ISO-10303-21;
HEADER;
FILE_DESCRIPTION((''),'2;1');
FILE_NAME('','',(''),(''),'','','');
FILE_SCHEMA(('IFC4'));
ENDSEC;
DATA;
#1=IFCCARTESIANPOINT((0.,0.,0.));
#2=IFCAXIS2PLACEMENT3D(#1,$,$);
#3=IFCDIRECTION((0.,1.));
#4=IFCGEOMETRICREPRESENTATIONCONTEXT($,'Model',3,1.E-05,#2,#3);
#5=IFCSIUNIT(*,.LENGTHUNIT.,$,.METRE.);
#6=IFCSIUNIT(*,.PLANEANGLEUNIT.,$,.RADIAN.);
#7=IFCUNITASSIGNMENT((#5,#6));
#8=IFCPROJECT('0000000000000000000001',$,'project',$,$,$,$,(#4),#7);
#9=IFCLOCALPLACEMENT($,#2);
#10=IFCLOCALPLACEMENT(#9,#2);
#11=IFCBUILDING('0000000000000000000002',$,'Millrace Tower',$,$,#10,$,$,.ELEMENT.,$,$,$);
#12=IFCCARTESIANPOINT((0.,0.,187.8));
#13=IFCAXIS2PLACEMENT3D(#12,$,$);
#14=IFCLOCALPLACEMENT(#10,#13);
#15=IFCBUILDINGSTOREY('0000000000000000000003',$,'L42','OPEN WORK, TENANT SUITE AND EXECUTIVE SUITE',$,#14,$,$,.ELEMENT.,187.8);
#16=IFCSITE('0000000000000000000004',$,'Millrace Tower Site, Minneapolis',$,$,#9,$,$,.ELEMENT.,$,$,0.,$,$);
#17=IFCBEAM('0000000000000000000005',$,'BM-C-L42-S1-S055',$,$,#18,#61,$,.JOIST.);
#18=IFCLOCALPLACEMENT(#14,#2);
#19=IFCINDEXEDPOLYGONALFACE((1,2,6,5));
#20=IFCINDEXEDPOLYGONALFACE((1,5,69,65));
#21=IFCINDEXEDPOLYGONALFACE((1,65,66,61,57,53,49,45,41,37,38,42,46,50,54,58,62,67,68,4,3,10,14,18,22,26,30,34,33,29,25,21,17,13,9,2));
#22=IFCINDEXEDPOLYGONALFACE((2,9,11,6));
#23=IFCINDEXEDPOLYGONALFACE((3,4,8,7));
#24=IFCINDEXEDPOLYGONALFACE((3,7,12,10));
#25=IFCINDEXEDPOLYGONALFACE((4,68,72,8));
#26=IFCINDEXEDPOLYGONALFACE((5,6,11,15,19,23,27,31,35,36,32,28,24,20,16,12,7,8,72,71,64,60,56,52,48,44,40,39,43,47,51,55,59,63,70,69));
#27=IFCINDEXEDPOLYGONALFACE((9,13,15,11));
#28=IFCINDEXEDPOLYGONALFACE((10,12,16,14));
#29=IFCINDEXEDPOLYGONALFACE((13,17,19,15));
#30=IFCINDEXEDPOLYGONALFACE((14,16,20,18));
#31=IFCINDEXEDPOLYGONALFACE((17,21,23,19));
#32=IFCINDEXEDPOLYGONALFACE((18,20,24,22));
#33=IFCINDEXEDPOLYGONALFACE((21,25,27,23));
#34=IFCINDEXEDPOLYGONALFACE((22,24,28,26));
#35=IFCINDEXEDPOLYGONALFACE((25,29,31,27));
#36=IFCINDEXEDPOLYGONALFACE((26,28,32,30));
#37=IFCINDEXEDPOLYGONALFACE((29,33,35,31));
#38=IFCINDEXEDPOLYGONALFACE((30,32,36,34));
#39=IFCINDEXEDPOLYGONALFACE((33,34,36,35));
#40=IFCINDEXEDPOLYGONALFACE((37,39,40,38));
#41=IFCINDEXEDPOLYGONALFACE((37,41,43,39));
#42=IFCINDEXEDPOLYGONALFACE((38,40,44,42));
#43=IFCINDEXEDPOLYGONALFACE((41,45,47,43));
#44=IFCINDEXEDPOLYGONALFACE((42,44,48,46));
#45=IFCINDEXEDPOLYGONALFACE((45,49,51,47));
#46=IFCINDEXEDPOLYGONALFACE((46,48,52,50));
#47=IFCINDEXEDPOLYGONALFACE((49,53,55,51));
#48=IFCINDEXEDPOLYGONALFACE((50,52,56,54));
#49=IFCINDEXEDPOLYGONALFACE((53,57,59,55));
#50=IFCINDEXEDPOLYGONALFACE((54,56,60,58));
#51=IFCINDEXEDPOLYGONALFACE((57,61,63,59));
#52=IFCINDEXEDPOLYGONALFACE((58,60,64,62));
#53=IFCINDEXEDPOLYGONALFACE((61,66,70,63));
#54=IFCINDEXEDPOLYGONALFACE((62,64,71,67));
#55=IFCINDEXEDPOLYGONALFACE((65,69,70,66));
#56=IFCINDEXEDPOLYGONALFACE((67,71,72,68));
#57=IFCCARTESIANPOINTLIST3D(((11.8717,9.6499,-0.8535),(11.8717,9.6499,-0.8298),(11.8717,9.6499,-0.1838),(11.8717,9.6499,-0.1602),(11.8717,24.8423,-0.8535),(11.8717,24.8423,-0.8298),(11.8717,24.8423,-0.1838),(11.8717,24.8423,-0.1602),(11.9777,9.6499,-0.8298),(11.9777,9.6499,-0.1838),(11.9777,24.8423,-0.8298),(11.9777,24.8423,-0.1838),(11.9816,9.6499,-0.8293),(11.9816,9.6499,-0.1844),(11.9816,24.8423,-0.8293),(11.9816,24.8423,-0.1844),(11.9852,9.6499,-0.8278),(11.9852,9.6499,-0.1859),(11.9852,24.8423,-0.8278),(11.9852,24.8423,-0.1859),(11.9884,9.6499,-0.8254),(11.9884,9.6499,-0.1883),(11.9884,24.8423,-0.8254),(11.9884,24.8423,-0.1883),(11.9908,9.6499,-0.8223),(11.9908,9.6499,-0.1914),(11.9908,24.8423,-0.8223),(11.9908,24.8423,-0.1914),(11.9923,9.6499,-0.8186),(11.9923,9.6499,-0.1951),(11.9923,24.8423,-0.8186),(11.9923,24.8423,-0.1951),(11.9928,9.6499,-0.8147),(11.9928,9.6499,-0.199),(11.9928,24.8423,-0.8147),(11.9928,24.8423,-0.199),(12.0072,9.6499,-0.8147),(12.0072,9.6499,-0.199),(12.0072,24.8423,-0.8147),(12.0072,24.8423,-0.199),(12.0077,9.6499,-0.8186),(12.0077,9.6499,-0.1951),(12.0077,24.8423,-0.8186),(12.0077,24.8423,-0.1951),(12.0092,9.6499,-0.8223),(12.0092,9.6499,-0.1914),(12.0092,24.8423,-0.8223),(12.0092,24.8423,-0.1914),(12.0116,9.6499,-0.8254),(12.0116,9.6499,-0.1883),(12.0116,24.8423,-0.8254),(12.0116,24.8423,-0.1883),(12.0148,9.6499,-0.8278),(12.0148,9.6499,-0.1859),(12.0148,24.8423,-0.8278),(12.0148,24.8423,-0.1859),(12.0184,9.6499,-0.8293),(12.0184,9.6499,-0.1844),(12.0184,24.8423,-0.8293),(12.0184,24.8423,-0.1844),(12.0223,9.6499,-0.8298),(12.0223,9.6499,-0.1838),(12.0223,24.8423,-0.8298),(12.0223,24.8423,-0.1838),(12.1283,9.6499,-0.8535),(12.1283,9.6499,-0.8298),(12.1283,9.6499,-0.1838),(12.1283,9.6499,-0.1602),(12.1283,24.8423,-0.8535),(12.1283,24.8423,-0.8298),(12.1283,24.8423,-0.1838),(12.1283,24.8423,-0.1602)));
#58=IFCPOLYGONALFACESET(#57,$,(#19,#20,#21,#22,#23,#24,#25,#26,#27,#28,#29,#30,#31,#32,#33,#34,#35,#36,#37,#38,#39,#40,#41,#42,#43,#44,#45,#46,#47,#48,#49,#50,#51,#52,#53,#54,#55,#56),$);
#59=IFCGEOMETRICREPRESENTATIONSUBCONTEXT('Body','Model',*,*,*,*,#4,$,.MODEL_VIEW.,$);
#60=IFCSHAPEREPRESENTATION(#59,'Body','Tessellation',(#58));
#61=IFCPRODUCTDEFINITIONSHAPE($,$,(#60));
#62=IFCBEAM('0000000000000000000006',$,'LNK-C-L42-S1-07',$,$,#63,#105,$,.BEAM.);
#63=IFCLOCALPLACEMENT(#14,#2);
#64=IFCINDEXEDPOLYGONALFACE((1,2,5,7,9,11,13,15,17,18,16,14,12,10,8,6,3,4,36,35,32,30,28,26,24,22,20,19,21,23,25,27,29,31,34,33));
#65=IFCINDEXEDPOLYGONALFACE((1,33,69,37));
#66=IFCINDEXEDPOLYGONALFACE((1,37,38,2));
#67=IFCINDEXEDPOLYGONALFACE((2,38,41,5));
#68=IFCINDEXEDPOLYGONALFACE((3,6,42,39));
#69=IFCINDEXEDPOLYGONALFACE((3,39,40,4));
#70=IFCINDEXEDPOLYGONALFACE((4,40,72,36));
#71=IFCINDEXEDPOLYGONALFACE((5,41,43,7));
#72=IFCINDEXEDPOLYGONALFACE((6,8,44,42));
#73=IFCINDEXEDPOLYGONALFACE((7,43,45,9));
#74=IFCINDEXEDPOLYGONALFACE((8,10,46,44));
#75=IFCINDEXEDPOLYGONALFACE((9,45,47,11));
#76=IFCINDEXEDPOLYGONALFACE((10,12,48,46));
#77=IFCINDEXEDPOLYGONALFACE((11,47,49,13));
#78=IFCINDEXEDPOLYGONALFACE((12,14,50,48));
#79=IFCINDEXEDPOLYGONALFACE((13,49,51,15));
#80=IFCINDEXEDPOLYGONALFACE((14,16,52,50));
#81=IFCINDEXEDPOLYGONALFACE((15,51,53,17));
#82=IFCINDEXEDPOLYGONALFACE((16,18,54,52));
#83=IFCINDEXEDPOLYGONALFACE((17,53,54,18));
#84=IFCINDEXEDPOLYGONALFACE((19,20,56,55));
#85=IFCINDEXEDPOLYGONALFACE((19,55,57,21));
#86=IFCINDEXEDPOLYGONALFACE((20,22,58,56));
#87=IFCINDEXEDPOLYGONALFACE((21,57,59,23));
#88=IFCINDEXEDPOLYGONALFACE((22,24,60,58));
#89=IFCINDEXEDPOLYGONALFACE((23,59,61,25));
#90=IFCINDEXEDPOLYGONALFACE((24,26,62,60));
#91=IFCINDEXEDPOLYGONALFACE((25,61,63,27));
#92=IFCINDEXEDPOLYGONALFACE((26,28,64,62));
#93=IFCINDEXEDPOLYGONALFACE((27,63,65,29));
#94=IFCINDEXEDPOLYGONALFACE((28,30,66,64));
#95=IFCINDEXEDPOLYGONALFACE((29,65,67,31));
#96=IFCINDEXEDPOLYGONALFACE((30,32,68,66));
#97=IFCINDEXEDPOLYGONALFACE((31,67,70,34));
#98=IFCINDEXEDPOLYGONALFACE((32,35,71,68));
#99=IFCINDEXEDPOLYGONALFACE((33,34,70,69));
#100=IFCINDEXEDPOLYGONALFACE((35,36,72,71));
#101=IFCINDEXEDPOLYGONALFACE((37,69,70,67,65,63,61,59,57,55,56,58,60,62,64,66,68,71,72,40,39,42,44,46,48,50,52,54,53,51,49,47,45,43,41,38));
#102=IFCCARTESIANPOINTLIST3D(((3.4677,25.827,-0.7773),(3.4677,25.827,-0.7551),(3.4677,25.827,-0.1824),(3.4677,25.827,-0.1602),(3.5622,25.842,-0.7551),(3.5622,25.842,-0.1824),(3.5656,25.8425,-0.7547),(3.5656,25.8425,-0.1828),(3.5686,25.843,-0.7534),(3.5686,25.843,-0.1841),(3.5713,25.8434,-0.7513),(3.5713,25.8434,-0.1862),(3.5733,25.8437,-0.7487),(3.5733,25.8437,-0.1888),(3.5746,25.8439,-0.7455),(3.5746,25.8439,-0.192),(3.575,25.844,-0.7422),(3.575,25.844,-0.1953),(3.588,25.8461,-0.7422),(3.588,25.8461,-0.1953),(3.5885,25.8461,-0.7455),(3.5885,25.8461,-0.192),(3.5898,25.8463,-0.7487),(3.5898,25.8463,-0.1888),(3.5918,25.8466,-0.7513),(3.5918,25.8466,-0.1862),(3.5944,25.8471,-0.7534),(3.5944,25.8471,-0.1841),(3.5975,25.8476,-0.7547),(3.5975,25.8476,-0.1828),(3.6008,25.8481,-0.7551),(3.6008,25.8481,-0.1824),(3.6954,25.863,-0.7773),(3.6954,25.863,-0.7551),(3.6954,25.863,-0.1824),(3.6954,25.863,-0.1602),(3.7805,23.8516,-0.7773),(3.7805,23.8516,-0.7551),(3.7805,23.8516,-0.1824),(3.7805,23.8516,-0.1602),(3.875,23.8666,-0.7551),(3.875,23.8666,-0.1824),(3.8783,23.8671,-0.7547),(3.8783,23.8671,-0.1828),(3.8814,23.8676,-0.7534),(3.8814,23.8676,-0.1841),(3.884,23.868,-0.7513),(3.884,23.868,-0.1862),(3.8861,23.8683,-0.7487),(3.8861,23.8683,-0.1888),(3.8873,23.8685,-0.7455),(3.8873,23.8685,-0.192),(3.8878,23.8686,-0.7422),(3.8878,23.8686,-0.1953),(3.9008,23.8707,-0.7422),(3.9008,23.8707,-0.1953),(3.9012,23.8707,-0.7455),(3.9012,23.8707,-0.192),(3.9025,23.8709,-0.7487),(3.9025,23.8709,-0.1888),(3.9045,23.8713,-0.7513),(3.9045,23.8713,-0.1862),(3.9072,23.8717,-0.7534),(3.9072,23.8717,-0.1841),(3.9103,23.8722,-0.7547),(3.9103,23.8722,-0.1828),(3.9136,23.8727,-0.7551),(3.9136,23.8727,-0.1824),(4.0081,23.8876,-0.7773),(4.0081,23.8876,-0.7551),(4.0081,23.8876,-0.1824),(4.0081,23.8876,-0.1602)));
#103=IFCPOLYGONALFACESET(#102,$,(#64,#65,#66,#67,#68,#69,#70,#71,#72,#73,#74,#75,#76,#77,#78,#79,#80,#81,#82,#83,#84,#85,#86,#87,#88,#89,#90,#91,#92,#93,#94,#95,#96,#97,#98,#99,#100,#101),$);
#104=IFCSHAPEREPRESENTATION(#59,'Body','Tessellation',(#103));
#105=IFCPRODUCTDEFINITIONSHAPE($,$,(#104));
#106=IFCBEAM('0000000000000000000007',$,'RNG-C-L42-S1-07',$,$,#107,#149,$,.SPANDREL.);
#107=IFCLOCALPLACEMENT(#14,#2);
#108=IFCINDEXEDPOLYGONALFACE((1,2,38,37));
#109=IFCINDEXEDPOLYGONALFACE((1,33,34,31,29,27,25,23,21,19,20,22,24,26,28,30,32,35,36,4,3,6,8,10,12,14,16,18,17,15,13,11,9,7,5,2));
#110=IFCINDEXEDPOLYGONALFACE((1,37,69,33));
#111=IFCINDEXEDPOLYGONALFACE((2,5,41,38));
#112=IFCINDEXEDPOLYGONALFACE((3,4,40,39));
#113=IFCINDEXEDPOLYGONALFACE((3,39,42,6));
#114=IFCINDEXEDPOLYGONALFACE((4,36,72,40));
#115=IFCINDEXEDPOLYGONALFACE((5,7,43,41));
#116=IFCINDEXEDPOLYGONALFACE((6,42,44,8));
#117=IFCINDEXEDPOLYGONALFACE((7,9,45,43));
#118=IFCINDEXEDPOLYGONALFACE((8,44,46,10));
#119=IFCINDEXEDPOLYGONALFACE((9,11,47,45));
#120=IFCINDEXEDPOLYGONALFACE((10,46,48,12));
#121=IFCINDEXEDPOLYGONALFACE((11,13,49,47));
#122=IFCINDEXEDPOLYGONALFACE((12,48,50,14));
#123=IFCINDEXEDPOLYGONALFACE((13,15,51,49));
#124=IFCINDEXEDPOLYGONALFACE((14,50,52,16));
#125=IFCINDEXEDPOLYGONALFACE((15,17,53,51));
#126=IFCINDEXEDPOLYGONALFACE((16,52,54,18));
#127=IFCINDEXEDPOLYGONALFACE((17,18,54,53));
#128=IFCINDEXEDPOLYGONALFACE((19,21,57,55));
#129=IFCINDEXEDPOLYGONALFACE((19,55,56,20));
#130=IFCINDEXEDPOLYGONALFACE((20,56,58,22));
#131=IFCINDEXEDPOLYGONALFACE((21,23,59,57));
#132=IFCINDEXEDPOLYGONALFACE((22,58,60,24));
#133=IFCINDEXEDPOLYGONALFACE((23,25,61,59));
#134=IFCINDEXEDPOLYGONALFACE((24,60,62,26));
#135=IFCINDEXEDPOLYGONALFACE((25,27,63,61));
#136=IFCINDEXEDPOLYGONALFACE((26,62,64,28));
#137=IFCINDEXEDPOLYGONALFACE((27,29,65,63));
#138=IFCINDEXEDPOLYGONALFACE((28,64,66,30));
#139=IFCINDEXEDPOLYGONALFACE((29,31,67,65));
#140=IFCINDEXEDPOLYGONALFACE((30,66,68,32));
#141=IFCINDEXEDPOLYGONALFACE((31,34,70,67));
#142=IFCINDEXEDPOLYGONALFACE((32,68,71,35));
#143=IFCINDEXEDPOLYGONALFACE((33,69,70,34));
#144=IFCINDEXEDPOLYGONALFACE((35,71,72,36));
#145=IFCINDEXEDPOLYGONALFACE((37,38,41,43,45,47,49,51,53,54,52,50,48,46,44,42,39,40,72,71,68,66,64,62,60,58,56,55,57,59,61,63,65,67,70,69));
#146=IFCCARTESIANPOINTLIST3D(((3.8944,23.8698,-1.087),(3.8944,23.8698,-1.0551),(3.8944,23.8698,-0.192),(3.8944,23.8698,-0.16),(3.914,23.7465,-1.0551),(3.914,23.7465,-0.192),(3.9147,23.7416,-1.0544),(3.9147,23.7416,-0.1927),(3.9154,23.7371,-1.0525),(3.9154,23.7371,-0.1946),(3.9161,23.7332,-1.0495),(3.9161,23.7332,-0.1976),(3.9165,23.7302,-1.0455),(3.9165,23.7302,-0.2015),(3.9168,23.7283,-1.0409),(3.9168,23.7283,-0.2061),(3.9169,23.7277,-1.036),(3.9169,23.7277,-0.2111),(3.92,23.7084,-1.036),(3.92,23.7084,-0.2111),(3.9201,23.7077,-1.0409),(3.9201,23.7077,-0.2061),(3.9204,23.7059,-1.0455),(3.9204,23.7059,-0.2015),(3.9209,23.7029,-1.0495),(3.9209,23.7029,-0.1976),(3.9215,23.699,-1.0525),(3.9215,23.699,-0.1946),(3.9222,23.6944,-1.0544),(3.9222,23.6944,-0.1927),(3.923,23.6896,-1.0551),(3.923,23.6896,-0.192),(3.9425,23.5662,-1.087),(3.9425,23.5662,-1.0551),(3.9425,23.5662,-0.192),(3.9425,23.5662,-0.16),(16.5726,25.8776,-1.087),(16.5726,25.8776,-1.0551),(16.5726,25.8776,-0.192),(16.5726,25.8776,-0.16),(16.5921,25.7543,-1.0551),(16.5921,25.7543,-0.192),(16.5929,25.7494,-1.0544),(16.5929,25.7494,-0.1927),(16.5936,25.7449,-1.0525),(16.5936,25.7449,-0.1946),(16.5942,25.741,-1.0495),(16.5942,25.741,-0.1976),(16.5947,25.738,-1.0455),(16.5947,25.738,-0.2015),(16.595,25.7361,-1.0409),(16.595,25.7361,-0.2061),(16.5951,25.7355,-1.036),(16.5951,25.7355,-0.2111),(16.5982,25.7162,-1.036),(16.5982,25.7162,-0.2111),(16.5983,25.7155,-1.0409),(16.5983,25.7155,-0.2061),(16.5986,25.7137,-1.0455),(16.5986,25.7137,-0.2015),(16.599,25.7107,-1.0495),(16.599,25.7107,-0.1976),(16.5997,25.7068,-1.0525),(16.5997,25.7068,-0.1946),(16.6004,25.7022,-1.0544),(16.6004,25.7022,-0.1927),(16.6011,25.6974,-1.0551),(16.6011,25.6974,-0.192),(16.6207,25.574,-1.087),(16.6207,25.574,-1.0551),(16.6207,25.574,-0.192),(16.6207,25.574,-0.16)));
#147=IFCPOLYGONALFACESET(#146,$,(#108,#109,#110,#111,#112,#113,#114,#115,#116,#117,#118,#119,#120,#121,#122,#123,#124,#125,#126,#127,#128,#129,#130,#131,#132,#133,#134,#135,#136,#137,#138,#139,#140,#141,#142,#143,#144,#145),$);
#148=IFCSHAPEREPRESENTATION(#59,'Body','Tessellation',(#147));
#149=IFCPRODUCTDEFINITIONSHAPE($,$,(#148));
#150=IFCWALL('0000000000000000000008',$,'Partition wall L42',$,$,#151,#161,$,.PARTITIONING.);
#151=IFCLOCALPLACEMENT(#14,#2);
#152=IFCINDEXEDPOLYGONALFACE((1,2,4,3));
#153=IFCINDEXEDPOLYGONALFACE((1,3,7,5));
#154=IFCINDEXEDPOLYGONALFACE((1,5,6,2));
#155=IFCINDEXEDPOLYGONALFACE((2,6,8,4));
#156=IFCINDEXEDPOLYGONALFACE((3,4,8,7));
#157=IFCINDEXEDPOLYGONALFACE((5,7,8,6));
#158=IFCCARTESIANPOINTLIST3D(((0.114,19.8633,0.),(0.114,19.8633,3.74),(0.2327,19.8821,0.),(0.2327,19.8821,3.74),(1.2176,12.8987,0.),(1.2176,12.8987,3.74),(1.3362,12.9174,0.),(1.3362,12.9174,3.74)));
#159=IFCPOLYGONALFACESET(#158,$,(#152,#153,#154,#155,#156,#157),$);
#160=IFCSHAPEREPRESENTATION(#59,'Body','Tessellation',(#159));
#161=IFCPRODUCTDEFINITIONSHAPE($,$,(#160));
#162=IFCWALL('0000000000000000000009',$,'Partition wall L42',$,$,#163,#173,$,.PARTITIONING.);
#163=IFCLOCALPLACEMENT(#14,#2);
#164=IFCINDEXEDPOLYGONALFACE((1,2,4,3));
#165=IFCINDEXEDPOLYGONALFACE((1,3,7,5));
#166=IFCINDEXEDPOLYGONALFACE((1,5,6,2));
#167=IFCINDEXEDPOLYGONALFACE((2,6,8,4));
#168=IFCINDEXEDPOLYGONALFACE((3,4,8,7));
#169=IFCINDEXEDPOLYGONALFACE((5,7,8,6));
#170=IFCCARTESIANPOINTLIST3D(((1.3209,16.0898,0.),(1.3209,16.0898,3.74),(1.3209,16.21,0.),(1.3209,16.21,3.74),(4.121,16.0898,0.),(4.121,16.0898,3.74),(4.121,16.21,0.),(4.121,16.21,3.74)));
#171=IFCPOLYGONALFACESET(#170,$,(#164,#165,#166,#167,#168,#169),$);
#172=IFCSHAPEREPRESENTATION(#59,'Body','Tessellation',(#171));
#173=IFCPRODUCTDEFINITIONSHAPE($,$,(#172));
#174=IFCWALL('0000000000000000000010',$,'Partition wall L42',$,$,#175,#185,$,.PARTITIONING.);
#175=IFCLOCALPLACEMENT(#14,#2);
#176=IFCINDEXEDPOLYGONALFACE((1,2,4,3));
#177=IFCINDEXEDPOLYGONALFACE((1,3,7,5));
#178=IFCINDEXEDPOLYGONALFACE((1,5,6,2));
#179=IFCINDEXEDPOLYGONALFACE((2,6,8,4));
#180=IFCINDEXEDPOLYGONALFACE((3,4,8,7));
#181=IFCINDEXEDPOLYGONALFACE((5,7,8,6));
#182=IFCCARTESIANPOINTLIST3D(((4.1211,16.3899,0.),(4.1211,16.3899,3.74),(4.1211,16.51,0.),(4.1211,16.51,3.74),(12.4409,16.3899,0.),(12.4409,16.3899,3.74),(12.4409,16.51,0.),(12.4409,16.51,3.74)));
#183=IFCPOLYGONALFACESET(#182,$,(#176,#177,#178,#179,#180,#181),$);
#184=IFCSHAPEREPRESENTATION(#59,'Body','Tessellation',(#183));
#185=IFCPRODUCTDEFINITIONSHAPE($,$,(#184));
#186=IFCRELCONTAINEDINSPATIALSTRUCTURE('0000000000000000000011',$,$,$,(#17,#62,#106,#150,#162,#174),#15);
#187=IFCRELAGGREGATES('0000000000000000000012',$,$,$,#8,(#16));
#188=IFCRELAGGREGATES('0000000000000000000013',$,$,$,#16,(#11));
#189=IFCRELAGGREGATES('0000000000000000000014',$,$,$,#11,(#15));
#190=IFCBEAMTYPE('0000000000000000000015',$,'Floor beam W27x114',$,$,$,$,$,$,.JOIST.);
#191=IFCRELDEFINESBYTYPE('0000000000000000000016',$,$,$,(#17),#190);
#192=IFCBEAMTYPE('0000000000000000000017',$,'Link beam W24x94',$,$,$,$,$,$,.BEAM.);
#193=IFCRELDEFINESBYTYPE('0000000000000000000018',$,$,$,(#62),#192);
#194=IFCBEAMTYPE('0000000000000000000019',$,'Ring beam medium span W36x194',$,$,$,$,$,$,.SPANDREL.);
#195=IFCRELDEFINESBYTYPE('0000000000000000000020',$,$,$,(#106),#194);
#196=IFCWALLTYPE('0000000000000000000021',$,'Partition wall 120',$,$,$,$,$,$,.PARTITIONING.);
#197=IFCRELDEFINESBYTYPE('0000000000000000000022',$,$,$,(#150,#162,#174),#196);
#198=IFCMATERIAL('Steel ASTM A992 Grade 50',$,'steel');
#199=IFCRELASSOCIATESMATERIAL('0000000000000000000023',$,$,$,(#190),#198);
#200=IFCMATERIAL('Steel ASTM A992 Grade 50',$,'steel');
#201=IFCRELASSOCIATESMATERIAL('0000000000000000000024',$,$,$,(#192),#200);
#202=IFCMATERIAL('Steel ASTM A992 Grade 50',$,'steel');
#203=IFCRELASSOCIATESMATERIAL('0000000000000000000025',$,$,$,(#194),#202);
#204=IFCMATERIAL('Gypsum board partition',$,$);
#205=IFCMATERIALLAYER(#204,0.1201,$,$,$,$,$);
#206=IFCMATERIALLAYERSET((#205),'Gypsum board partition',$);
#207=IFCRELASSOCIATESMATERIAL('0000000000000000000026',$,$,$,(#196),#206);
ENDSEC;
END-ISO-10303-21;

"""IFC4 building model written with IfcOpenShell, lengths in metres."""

from ifc_helpers import new_model, si_unit, direction, frame, frame_2d, origin, origin_2d, place, context, subcontext, project, spatial, rectangle, i_section, extrude, material, layer, layer_set, material_profile, profile_set, type_object, element, save


model = new_model("IFC4")

# Units and contexts
model_context = context("Model", 3, precision=1e-05, world=origin(), true_north=direction((0.0, 1.0)))
body_context = subcontext(model_context, "Body", "Model", "MODEL_VIEW")
ifc_project = project(units=[si_unit("LENGTHUNIT", "METRE"), si_unit("PLANEANGLEUNIT", "RADIAN")], contexts=[model_context])

# Site, building, storey
site_placement = place(None, origin())
site = spatial("IfcSite", under=ifc_project, at=site_placement, Name="Millrace Tower Site, Minneapolis", CompositionType="ELEMENT", RefElevation=0.0)
building_placement = place(site_placement, origin())
building = spatial("IfcBuilding", under=site, at=building_placement, Name="Millrace Tower", CompositionType="ELEMENT")
storey_placement = place(building_placement, frame((0.0, 0.0, 187.8)))
storey = spatial("IfcBuildingStorey", under=building, at=storey_placement, Name="L42", Description="OPEN WORK, TENANT SUITE AND EXECUTIVE SUITE", CompositionType="ELEMENT", Elevation=187.8)

# Beams
ifc_material_1 = material(Name="Steel ASTM A992 Grade 50", Category="steel")
ifc_material_profile_1 = material_profile(ifc_material_1, i_section(OverallWidth=0.2566, OverallDepth=0.6934, WebThickness=0.0144, FlangeThickness=0.0237, FilletRadius=0.0151, at=origin_2d()))
ifc_profile_set_1 = profile_set([ifc_material_profile_1], Name="Steel ASTM A992 Grade 50")
beam_type_1 = type_object("IfcBeamType", Name="Floor beam W27x114", PredefinedType="JOIST", material=ifc_profile_set_1)
beam_1_placement = place(storey_placement, frame((12.0, 9.6499, -0.5068), z_axis=(0.0, 1.0, 0.0), x_axis=(-1.0, 0.0, 0.0)))
element("IfcBeam", 1, at=beam_1_placement, inside=storey, type_object=beam_type_1, Name="BM-C-L42-S1-S055", PredefinedType="JOIST", context=body_context, shape_type="SweptSolid", body=[
    extrude(i_section(OverallWidth=0.2566, OverallDepth=0.6934, WebThickness=0.0144, FlangeThickness=0.0237, FilletRadius=0.0151, at=origin_2d()), origin(), (0.0, 0.0, 1.0), 15.1924),
])
ifc_material_2 = material(Name="Steel ASTM A992 Grade 50", Category="steel")
ifc_material_profile_2 = material_profile(ifc_material_2, i_section(OverallWidth=0.2305, OverallDepth=0.6172, WebThickness=0.0132, FlangeThickness=0.0222, FilletRadius=0.0129, at=origin_2d()))
ifc_profile_set_2 = profile_set([ifc_material_profile_2], Name="Steel ASTM A992 Grade 50")
beam_type_2 = type_object("IfcBeamType", Name="Link beam W24x94", PredefinedType="BEAM", material=ifc_profile_set_2)
beam_2_placement = place(storey_placement, frame((3.8943, 23.8696, -0.4688), z_axis=(-0.156376, 0.987698, 0.0), x_axis=(-0.987698, -0.156376, 0.0)))
element("IfcBeam", 2, at=beam_2_placement, inside=storey, type_object=beam_type_2, Name="LNK-C-L42-S1-07", PredefinedType="BEAM", context=body_context, shape_type="SweptSolid", body=[
    extrude(i_section(OverallWidth=0.2305, OverallDepth=0.6172, WebThickness=0.0132, FlangeThickness=0.0222, FilletRadius=0.0129, at=origin_2d()), origin(), (0.0, 0.0, 1.0), 2.0),
])
ifc_material_3 = material(Name="Steel ASTM A992 Grade 50", Category="steel")
ifc_material_profile_3 = material_profile(ifc_material_3, i_section(OverallWidth=0.3074, OverallDepth=0.927, WebThickness=0.0195, FlangeThickness=0.032, FilletRadius=0.019, at=origin_2d()))
ifc_profile_set_3 = profile_set([ifc_material_profile_3], Name="Steel ASTM A992 Grade 50")
beam_type_3 = type_object("IfcBeamType", Name="Ring beam medium span W36x194", PredefinedType="SPANDREL", material=ifc_profile_set_3)
beam_3_placement = place(storey_placement, frame((3.9185, 23.718, -0.6235), z_axis=(0.987691, 0.156418, 0.0), x_axis=(-0.156418, 0.987691, 0.0)))
element("IfcBeam", 3, at=beam_3_placement, inside=storey, type_object=beam_type_3, Name="RNG-C-L42-S1-07", PredefinedType="SPANDREL", context=body_context, shape_type="SweptSolid", body=[
    extrude(i_section(OverallWidth=0.3074, OverallDepth=0.927, WebThickness=0.0195, FlangeThickness=0.032, FilletRadius=0.019, at=origin_2d()), origin(), (0.0, 0.0, 1.0), 12.8362),
])

# Walls
ifc_material_4 = material(Name="Gypsum board partition")
ifc_layer_1 = layer(ifc_material_4, 0.1201)
ifc_layer_set_1 = layer_set([ifc_layer_1], Name="Gypsum board partition")
wall_type = type_object("IfcWallType", Name="Partition wall 120", PredefinedType="PARTITIONING", material=ifc_layer_set_1)
wall_1_placement = place(storey_placement, frame((0.1733, 19.8728, 0.0), z_axis=(0.0, 0.0, 1.0), x_axis=(0.156494, -0.987679, 0.0)))
element("IfcWall", 4, at=wall_1_placement, inside=storey, type_object=wall_type, Name="Partition wall L42", PredefinedType="PARTITIONING", context=body_context, shape_type="SweptSolid", body=[
    extrude(rectangle(XDim=7.0515, YDim=0.1201, at=frame_2d((3.5259, 0.0))), origin(), (0.0, 0.0, 1.0), 3.74),
])
wall_2_placement = place(storey_placement, frame((1.321, 16.1499, 0.0), z_axis=(0.0, 0.0, 1.0), x_axis=(1.0, 0.0, 0.0)))
element("IfcWall", 5, at=wall_2_placement, inside=storey, type_object=wall_type, Name="Partition wall L42", PredefinedType="PARTITIONING", context=body_context, shape_type="SweptSolid", body=[
    extrude(rectangle(XDim=2.8, YDim=0.1201, at=frame_2d((1.3999, 0.0))), origin(), (0.0, 0.0, 1.0), 3.74),
])
wall_3_placement = place(storey_placement, frame((4.1211, 16.45, 0.0), z_axis=(0.0, 0.0, 1.0), x_axis=(1.0, 0.0, 0.0)))
element("IfcWall", 6, at=wall_3_placement, inside=storey, type_object=wall_type, Name="Partition wall L42", PredefinedType="PARTITIONING", context=body_context, shape_type="SweptSolid", body=[
    extrude(rectangle(XDim=8.3198, YDim=0.1201, at=frame_2d((4.1599, 0.0))), origin(), (0.0, 0.0, 1.0), 3.74),
])

save(model, "model.ifc")
